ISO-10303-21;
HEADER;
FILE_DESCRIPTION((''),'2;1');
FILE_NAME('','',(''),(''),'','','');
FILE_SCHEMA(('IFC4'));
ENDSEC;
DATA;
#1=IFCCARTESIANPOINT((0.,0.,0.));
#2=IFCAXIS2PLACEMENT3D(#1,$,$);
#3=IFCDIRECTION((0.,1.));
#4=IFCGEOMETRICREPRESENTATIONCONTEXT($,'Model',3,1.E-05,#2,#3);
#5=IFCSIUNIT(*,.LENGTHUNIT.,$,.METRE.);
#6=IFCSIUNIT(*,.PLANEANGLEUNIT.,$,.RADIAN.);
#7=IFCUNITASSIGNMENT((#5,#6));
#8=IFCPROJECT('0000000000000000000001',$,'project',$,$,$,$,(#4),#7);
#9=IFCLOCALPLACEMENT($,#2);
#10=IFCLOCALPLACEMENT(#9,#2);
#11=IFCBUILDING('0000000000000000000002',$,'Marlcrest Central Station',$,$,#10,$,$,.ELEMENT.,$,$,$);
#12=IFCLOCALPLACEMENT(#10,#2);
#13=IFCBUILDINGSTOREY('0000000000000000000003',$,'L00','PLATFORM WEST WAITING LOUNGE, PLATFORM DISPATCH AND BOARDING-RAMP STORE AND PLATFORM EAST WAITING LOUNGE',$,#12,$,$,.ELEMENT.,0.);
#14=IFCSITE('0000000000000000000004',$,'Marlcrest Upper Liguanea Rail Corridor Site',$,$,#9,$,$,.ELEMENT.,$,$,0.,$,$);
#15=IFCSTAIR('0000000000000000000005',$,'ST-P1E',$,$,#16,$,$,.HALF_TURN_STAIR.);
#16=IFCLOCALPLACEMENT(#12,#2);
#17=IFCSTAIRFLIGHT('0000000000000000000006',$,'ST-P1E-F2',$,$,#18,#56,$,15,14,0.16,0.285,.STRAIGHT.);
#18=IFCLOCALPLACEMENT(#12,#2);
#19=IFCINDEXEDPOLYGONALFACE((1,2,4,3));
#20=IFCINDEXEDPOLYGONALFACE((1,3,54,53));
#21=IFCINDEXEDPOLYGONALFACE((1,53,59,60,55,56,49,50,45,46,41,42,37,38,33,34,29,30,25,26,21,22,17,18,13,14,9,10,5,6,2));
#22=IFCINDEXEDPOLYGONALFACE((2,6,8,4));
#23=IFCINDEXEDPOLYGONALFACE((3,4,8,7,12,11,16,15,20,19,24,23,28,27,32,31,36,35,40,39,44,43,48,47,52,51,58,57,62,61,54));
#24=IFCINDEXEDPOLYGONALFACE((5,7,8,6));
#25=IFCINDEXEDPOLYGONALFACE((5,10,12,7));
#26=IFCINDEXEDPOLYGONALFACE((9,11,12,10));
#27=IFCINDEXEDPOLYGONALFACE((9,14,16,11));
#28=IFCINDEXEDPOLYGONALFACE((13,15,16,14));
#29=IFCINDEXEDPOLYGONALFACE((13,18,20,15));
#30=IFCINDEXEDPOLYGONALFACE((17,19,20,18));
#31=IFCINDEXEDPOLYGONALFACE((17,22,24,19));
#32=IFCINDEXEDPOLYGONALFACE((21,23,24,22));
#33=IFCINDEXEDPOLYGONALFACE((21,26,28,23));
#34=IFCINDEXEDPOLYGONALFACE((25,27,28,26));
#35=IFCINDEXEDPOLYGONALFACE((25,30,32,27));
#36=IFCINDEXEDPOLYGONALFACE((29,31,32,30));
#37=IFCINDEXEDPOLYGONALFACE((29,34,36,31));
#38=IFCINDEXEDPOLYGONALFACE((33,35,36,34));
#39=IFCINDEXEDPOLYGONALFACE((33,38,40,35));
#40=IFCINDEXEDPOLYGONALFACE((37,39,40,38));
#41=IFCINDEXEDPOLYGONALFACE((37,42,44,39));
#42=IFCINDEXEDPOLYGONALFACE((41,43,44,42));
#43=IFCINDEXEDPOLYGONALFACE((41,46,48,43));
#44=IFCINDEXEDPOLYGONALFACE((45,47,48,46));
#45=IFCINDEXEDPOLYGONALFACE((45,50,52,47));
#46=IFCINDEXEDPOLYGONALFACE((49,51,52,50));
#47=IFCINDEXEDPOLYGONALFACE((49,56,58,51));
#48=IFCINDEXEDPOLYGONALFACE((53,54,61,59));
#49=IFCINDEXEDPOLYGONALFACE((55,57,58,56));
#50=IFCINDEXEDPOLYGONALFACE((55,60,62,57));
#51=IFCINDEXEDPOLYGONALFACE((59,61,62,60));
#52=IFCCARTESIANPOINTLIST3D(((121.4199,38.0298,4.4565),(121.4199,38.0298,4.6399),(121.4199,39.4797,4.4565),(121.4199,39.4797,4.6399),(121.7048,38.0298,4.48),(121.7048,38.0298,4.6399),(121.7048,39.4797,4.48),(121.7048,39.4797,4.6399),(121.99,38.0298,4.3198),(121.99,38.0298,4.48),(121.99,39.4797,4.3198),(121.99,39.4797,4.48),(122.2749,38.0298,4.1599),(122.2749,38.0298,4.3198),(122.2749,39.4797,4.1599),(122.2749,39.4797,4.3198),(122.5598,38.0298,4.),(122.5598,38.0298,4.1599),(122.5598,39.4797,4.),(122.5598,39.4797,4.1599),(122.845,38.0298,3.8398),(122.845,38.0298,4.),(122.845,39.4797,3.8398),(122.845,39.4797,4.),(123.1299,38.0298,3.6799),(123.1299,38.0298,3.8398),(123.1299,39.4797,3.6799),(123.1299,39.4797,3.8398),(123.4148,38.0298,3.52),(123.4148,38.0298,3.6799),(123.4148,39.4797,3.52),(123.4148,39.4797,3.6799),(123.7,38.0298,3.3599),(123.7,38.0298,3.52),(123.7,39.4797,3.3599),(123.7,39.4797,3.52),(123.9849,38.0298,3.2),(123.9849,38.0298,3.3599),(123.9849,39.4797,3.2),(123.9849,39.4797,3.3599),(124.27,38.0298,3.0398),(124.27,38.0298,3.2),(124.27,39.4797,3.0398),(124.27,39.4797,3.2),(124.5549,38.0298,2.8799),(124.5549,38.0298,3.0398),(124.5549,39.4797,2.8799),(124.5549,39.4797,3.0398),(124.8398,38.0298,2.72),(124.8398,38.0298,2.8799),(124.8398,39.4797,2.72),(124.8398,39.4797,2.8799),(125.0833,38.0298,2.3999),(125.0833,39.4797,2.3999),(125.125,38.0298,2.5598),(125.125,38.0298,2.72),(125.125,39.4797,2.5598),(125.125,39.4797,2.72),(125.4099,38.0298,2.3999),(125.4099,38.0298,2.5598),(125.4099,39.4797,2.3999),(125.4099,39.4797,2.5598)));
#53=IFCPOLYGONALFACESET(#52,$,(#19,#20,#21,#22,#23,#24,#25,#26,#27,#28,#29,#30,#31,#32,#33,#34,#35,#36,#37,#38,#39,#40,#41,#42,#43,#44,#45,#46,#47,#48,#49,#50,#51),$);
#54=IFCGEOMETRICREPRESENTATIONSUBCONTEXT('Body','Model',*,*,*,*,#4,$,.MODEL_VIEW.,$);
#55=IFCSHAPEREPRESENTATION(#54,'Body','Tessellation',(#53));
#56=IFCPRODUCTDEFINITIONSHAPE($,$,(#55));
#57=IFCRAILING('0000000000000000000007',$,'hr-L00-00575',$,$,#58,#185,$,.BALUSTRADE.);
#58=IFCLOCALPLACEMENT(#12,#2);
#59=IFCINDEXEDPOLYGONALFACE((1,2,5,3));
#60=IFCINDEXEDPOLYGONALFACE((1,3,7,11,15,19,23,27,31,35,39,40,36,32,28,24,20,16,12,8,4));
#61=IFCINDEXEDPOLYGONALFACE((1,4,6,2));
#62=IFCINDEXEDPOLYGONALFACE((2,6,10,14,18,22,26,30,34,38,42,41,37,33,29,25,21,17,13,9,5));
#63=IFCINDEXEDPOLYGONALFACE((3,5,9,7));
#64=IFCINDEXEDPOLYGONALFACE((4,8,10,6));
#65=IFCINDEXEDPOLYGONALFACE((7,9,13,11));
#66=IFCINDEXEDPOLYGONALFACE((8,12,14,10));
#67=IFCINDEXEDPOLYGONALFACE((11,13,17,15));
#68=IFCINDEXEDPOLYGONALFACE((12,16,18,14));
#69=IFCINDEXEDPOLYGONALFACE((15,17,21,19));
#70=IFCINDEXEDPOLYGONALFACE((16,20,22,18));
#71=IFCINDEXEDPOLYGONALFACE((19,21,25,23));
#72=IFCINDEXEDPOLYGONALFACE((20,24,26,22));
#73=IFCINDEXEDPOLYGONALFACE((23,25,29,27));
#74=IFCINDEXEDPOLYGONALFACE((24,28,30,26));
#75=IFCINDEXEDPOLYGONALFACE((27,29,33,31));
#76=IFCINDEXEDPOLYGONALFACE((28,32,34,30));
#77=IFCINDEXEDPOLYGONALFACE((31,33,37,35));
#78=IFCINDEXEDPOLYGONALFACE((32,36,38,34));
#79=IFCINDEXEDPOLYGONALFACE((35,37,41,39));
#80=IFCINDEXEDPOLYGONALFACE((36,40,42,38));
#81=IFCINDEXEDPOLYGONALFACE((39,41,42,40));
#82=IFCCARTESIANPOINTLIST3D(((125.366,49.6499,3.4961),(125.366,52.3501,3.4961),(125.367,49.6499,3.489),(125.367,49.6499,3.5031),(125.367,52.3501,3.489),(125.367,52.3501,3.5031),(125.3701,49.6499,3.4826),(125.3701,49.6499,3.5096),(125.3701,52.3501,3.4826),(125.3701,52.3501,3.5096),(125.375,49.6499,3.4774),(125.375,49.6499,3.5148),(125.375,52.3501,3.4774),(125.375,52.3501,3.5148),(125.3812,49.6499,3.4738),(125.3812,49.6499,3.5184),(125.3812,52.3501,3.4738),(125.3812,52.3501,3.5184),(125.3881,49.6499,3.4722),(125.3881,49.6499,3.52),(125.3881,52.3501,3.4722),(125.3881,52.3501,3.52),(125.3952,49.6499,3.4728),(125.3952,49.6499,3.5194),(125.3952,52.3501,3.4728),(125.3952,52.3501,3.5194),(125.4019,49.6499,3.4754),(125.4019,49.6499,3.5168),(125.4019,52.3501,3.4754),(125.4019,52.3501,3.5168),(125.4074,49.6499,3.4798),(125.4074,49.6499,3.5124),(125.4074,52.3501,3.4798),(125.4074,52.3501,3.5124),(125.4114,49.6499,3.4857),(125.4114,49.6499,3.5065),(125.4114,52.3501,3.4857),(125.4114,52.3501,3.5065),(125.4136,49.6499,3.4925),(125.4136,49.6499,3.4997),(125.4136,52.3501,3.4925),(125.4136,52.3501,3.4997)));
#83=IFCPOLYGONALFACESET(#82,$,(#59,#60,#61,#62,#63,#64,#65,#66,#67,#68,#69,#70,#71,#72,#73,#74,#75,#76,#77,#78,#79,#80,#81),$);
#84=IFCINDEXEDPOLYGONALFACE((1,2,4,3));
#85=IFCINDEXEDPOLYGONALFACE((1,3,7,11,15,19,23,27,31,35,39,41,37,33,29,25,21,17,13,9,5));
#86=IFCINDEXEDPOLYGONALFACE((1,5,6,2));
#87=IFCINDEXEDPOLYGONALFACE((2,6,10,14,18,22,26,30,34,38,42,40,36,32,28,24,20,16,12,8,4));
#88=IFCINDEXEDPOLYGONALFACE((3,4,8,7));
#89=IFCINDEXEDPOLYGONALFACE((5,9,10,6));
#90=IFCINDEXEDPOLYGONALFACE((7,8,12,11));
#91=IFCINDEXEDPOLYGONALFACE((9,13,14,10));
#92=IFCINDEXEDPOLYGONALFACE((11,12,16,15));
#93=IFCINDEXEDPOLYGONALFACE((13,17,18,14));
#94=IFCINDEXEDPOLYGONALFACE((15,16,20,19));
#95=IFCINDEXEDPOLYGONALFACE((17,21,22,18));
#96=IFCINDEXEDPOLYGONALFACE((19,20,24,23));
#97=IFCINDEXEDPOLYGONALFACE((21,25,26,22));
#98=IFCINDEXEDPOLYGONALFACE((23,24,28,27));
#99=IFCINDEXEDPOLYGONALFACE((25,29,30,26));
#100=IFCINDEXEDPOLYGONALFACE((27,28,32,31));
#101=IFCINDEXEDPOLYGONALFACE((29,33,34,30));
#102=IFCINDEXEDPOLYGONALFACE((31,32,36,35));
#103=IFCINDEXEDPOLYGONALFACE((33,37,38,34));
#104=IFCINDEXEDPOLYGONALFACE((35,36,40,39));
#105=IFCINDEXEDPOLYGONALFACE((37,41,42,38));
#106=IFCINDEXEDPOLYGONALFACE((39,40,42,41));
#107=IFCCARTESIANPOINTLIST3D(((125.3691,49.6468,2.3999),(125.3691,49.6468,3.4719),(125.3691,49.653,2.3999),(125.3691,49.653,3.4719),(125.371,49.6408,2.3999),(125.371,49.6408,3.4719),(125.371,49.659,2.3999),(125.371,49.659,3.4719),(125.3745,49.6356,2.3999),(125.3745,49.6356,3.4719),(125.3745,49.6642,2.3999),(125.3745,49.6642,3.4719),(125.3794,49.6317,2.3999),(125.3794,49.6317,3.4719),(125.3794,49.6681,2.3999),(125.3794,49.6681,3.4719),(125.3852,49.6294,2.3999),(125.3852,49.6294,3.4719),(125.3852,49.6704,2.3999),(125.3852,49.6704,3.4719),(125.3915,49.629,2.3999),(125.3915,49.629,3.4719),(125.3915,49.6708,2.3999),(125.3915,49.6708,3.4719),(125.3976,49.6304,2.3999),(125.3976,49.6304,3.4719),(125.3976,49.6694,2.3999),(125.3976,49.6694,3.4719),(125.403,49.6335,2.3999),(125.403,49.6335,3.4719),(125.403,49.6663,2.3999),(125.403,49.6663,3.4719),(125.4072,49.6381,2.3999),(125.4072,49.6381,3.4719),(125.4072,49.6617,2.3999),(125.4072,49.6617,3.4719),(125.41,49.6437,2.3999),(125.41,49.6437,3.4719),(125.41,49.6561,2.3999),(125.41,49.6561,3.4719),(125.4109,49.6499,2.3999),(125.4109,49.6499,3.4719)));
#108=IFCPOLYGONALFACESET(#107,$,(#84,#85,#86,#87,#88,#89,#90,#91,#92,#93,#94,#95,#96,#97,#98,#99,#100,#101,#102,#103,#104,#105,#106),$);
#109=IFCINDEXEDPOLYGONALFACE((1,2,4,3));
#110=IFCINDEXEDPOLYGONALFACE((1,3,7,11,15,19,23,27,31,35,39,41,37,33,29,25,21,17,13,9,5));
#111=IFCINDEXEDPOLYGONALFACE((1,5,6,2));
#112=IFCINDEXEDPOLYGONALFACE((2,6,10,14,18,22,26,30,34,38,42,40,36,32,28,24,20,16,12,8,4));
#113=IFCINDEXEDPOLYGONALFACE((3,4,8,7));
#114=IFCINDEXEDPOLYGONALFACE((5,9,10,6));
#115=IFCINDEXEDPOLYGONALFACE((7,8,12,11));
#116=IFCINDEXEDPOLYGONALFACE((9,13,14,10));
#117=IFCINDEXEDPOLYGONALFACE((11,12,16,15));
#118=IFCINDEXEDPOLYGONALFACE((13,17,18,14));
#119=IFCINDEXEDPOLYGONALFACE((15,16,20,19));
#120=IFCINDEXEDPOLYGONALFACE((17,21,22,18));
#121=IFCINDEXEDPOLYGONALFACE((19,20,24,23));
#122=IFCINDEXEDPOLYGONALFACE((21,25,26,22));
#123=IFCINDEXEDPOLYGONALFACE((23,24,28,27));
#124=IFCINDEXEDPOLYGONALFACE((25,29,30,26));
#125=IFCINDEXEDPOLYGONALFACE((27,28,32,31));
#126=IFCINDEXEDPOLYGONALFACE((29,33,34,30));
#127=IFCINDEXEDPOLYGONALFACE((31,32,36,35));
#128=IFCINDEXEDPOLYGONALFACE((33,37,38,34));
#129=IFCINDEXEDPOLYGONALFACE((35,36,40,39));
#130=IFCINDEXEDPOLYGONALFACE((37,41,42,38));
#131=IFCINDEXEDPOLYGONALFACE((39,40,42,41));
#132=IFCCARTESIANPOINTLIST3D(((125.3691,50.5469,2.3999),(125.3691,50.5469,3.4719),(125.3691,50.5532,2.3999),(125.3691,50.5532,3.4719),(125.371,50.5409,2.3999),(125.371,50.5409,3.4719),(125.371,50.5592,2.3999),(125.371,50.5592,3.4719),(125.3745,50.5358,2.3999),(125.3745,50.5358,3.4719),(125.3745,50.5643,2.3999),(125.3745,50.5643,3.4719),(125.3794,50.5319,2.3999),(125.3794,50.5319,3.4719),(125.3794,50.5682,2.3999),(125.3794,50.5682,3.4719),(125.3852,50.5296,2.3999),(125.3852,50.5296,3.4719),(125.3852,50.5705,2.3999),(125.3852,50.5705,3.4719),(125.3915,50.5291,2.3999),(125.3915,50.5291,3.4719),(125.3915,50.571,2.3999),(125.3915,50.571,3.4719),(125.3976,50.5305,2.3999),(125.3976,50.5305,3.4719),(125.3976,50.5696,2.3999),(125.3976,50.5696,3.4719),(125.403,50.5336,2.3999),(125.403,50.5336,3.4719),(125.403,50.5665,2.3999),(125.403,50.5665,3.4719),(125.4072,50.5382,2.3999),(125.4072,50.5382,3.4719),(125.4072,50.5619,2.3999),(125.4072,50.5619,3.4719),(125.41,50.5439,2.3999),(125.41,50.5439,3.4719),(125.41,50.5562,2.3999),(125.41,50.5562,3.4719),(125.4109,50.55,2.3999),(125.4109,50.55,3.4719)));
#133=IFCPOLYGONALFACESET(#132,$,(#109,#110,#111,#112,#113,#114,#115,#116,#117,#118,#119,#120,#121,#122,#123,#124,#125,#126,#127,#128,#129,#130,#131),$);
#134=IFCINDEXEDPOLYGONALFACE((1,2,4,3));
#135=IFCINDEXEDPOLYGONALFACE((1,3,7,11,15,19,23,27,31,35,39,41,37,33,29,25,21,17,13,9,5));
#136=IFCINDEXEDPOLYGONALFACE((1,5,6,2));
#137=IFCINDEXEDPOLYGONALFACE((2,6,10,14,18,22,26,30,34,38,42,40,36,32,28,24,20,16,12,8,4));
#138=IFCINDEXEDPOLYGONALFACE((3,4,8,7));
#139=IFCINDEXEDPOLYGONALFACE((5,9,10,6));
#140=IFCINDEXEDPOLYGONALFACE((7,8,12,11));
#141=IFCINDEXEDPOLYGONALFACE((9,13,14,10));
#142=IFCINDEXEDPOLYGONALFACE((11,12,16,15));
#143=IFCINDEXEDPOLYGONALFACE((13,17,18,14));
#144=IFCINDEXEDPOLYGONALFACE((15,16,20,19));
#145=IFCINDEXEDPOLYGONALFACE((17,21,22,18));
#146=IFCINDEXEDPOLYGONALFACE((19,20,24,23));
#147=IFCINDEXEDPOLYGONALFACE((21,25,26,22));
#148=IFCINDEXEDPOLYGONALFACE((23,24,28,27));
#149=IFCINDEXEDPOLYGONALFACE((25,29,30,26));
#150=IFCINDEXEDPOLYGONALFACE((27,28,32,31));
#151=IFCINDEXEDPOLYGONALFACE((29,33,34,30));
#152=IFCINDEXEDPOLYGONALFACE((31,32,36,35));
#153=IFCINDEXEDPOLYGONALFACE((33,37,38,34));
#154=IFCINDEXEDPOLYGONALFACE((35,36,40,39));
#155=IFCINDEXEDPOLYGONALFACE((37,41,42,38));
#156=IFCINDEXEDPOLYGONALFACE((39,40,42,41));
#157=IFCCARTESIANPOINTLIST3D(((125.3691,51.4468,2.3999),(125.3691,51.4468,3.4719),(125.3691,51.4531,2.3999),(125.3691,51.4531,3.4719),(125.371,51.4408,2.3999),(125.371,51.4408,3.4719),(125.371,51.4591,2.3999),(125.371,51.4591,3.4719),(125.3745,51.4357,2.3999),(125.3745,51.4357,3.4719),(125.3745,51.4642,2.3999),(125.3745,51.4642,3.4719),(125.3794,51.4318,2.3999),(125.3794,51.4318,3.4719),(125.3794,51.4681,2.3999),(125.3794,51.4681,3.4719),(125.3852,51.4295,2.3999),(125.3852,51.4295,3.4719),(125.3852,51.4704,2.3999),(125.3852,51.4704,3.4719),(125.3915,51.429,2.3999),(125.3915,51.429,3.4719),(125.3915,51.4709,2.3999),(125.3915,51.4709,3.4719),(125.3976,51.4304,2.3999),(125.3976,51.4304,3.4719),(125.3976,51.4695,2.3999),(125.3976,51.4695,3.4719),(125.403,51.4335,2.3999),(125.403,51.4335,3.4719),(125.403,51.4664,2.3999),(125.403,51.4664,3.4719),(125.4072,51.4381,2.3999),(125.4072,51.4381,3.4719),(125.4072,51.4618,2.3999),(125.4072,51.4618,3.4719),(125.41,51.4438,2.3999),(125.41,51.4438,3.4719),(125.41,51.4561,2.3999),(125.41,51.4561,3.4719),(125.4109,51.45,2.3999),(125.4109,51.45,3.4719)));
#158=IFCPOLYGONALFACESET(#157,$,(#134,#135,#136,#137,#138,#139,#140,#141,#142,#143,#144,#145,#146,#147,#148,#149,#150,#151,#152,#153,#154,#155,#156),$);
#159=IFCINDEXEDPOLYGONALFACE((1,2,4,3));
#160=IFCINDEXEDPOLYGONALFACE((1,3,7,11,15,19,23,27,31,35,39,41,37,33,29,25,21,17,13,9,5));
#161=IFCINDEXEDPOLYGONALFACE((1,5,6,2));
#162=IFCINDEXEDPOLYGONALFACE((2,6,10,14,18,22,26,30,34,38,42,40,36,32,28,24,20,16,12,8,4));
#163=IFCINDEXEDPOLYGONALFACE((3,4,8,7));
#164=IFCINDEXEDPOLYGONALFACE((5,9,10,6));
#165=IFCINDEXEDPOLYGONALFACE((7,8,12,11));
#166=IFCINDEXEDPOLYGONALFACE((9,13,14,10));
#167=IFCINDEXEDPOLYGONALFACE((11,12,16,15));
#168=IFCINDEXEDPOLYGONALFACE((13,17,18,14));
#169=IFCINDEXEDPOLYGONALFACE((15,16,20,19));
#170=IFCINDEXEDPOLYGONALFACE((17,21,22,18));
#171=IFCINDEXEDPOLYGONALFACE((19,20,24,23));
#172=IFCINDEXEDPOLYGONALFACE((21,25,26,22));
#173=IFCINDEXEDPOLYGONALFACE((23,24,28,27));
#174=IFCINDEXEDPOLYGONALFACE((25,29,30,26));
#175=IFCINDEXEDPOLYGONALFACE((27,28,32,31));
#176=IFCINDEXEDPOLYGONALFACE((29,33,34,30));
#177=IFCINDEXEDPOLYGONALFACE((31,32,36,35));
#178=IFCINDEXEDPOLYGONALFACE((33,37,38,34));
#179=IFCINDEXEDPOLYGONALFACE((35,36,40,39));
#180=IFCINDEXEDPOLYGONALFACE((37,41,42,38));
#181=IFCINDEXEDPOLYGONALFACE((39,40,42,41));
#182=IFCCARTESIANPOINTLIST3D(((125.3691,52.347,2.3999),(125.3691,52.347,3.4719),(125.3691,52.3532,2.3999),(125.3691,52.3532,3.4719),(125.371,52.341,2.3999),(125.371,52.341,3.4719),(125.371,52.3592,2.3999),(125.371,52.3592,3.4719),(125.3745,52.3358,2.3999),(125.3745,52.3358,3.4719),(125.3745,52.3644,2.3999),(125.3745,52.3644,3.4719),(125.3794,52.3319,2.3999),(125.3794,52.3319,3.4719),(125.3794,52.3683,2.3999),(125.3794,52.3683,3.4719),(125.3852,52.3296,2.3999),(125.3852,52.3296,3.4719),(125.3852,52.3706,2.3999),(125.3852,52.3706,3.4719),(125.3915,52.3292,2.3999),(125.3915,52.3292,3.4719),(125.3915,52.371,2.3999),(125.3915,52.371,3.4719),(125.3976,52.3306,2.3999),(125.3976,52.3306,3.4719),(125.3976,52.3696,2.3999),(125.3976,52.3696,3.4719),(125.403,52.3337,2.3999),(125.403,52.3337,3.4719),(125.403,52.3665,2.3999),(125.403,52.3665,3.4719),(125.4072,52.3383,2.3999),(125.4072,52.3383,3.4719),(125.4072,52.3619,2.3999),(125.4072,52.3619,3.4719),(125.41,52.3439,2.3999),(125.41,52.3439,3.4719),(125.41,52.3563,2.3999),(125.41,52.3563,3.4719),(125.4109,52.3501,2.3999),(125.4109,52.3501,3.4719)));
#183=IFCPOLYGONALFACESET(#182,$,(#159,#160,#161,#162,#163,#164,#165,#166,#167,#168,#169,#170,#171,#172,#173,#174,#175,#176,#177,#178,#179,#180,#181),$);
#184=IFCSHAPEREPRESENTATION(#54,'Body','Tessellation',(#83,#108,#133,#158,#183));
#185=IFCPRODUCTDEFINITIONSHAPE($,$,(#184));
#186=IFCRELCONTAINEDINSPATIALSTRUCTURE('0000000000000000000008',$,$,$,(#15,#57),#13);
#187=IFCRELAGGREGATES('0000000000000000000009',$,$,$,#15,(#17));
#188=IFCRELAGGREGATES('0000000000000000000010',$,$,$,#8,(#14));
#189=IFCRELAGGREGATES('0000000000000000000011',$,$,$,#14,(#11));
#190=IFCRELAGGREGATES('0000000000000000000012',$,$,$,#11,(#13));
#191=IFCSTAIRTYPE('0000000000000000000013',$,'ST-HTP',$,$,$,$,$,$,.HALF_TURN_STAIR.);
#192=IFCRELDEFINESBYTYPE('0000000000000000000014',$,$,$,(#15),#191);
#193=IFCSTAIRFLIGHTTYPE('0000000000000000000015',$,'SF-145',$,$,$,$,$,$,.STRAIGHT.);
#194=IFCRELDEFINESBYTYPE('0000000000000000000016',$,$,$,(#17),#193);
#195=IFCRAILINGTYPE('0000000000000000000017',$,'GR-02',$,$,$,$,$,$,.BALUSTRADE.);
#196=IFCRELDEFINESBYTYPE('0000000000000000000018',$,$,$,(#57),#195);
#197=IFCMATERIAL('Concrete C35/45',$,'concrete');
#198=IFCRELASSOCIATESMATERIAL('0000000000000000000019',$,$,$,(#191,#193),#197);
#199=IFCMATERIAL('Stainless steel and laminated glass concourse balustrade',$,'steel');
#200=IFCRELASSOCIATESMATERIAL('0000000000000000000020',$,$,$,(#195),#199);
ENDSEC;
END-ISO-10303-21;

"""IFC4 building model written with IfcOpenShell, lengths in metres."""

from ifc_helpers import new_model, si_unit, direction, frame, origin, origin_2d, place, context, subcontext, project, spatial, polyline, circle, outline, extrude, material, type_object, element, aggregate, save


model = new_model("IFC4")

# Units and contexts
model_context = context("Model", 3, precision=1e-05, world=origin(), true_north=direction((0.0, 1.0)))
body_context = subcontext(model_context, "Body", "Model", "MODEL_VIEW")
ifc_project = project(units=[si_unit("LENGTHUNIT", "METRE"), si_unit("PLANEANGLEUNIT", "RADIAN")], contexts=[model_context])

# Site, building, storey
site_placement = place(None, origin())
site = spatial("IfcSite", under=ifc_project, at=site_placement, Name="Marlcrest Upper Liguanea Rail Corridor Site", CompositionType="ELEMENT", RefElevation=0.0)
building_placement = place(site_placement, origin())
building = spatial("IfcBuilding", under=site, at=building_placement, Name="Marlcrest Central Station", CompositionType="ELEMENT")
storey_placement = place(building_placement, origin())
storey = spatial("IfcBuildingStorey", under=building, at=storey_placement, Name="L00", Description="PLATFORM WEST WAITING LOUNGE, PLATFORM DISPATCH AND BOARDING-RAMP STORE AND PLATFORM EAST WAITING LOUNGE", CompositionType="ELEMENT", Elevation=0.0)

# Stair, stair flight
ifc_material_1 = material(Name="Concrete C35/45", Category="concrete")
stair_type = type_object("IfcStairType", Name="ST-HTP", PredefinedType="HALF_TURN_STAIR", material=ifc_material_1)
stair_placement = place(storey_placement, origin())
stair = element("IfcStair", 1, at=stair_placement, inside=storey, type_object=stair_type, Name="ST-P1E", PredefinedType="HALF_TURN_STAIR")
stair_flight_type = type_object("IfcStairFlightType", Name="SF-145", PredefinedType="STRAIGHT", material=ifc_material_1)
stair_flight_placement = place(storey_placement, frame((125.4099, 38.7549, 2.3999), z_axis=(0.0, 0.0, 1.0), x_axis=(-1.0, 0.0, 0.0)))
stair_flight = element("IfcStairFlight", 2, at=stair_flight_placement, type_object=stair_flight_type, Name="ST-P1E-F2", NumberOfRisers=15, NumberOfTreads=14, PredefinedType="STRAIGHT", RiserHeight=0.16, TreadLength=0.285, context=body_context, shape_type="SweptSolid", body=[
    extrude(outline(polyline([(0.0, 0.0), (0.0, 0.1599), (0.2849, 0.1599), (0.2849, 0.3201), (0.5701, 0.3201), (0.5701, 0.48), (0.855, 0.48), (0.855, 0.6399), (1.1399, 0.6399), (1.1399, 0.8), (1.425, 0.8), (1.425, 0.96), (1.71, 0.96), (1.71, 1.1201), (1.9951, 1.1201), (1.9951, 1.28), (2.28, 1.28), (2.28, 1.4399), (2.5649, 1.4399), (2.5649, 1.6001), (2.8501, 1.6001), (2.8501, 1.76), (3.135, 1.76), (3.135, 1.9199), (3.4199, 1.9199), (3.4199, 2.0801), (3.7051, 2.0801), (3.7051, 2.24), (3.99, 2.24), (3.99, 2.3999), (3.99, 2.0566), (0.3267, 0.0), (0.0, 0.0)])), frame((0.0, 0.7251, 0.0), z_axis=(0.0, -1.0, 0.0), x_axis=(1.0, 0.0, 0.0)), (0.0, 0.0, 1.0), 1.45),
])
aggregate(stair, [stair_flight])

# Railing
ifc_material_2 = material(Name="Stainless steel and laminated glass concourse balustrade", Category="steel")
railing_type_1 = type_object("IfcRailingType", Name="GR-02", PredefinedType="BALUSTRADE", material=ifc_material_2)
railing_1_placement = place(storey_placement, frame((125.3899, 49.6499, 2.3999)))
element("IfcRailing", 3, at=railing_1_placement, inside=storey, type_object=railing_type_1, Name="hr-L00-00575", PredefinedType="BALUSTRADE", context=body_context, shape_type="SweptSolid", body=[
    extrude(circle(Radius=0.0239, at=origin_2d()), frame((0.0, 0.0, 1.0962), z_axis=(0.0, 1.0, 0.0), x_axis=(-1.0, 0.0, 0.0)), (0.0, 0.0, 1.0), 2.7002),
    extrude(circle(Radius=0.021, at=origin_2d()), origin(), (0.0, 0.0, 1.0), 1.072),
    extrude(circle(Radius=0.021, at=origin_2d()), frame((0.0, 0.9001, 0.0)), (0.0, 0.0, 1.0), 1.072),
    extrude(circle(Radius=0.021, at=origin_2d()), frame((0.0, 1.8, 0.0)), (0.0, 0.0, 1.0), 1.072),
    extrude(circle(Radius=0.021, at=origin_2d()), frame((0.0, 2.7002, 0.0)), (0.0, 0.0, 1.0), 1.072),
])

save(model, "model.ifc")
